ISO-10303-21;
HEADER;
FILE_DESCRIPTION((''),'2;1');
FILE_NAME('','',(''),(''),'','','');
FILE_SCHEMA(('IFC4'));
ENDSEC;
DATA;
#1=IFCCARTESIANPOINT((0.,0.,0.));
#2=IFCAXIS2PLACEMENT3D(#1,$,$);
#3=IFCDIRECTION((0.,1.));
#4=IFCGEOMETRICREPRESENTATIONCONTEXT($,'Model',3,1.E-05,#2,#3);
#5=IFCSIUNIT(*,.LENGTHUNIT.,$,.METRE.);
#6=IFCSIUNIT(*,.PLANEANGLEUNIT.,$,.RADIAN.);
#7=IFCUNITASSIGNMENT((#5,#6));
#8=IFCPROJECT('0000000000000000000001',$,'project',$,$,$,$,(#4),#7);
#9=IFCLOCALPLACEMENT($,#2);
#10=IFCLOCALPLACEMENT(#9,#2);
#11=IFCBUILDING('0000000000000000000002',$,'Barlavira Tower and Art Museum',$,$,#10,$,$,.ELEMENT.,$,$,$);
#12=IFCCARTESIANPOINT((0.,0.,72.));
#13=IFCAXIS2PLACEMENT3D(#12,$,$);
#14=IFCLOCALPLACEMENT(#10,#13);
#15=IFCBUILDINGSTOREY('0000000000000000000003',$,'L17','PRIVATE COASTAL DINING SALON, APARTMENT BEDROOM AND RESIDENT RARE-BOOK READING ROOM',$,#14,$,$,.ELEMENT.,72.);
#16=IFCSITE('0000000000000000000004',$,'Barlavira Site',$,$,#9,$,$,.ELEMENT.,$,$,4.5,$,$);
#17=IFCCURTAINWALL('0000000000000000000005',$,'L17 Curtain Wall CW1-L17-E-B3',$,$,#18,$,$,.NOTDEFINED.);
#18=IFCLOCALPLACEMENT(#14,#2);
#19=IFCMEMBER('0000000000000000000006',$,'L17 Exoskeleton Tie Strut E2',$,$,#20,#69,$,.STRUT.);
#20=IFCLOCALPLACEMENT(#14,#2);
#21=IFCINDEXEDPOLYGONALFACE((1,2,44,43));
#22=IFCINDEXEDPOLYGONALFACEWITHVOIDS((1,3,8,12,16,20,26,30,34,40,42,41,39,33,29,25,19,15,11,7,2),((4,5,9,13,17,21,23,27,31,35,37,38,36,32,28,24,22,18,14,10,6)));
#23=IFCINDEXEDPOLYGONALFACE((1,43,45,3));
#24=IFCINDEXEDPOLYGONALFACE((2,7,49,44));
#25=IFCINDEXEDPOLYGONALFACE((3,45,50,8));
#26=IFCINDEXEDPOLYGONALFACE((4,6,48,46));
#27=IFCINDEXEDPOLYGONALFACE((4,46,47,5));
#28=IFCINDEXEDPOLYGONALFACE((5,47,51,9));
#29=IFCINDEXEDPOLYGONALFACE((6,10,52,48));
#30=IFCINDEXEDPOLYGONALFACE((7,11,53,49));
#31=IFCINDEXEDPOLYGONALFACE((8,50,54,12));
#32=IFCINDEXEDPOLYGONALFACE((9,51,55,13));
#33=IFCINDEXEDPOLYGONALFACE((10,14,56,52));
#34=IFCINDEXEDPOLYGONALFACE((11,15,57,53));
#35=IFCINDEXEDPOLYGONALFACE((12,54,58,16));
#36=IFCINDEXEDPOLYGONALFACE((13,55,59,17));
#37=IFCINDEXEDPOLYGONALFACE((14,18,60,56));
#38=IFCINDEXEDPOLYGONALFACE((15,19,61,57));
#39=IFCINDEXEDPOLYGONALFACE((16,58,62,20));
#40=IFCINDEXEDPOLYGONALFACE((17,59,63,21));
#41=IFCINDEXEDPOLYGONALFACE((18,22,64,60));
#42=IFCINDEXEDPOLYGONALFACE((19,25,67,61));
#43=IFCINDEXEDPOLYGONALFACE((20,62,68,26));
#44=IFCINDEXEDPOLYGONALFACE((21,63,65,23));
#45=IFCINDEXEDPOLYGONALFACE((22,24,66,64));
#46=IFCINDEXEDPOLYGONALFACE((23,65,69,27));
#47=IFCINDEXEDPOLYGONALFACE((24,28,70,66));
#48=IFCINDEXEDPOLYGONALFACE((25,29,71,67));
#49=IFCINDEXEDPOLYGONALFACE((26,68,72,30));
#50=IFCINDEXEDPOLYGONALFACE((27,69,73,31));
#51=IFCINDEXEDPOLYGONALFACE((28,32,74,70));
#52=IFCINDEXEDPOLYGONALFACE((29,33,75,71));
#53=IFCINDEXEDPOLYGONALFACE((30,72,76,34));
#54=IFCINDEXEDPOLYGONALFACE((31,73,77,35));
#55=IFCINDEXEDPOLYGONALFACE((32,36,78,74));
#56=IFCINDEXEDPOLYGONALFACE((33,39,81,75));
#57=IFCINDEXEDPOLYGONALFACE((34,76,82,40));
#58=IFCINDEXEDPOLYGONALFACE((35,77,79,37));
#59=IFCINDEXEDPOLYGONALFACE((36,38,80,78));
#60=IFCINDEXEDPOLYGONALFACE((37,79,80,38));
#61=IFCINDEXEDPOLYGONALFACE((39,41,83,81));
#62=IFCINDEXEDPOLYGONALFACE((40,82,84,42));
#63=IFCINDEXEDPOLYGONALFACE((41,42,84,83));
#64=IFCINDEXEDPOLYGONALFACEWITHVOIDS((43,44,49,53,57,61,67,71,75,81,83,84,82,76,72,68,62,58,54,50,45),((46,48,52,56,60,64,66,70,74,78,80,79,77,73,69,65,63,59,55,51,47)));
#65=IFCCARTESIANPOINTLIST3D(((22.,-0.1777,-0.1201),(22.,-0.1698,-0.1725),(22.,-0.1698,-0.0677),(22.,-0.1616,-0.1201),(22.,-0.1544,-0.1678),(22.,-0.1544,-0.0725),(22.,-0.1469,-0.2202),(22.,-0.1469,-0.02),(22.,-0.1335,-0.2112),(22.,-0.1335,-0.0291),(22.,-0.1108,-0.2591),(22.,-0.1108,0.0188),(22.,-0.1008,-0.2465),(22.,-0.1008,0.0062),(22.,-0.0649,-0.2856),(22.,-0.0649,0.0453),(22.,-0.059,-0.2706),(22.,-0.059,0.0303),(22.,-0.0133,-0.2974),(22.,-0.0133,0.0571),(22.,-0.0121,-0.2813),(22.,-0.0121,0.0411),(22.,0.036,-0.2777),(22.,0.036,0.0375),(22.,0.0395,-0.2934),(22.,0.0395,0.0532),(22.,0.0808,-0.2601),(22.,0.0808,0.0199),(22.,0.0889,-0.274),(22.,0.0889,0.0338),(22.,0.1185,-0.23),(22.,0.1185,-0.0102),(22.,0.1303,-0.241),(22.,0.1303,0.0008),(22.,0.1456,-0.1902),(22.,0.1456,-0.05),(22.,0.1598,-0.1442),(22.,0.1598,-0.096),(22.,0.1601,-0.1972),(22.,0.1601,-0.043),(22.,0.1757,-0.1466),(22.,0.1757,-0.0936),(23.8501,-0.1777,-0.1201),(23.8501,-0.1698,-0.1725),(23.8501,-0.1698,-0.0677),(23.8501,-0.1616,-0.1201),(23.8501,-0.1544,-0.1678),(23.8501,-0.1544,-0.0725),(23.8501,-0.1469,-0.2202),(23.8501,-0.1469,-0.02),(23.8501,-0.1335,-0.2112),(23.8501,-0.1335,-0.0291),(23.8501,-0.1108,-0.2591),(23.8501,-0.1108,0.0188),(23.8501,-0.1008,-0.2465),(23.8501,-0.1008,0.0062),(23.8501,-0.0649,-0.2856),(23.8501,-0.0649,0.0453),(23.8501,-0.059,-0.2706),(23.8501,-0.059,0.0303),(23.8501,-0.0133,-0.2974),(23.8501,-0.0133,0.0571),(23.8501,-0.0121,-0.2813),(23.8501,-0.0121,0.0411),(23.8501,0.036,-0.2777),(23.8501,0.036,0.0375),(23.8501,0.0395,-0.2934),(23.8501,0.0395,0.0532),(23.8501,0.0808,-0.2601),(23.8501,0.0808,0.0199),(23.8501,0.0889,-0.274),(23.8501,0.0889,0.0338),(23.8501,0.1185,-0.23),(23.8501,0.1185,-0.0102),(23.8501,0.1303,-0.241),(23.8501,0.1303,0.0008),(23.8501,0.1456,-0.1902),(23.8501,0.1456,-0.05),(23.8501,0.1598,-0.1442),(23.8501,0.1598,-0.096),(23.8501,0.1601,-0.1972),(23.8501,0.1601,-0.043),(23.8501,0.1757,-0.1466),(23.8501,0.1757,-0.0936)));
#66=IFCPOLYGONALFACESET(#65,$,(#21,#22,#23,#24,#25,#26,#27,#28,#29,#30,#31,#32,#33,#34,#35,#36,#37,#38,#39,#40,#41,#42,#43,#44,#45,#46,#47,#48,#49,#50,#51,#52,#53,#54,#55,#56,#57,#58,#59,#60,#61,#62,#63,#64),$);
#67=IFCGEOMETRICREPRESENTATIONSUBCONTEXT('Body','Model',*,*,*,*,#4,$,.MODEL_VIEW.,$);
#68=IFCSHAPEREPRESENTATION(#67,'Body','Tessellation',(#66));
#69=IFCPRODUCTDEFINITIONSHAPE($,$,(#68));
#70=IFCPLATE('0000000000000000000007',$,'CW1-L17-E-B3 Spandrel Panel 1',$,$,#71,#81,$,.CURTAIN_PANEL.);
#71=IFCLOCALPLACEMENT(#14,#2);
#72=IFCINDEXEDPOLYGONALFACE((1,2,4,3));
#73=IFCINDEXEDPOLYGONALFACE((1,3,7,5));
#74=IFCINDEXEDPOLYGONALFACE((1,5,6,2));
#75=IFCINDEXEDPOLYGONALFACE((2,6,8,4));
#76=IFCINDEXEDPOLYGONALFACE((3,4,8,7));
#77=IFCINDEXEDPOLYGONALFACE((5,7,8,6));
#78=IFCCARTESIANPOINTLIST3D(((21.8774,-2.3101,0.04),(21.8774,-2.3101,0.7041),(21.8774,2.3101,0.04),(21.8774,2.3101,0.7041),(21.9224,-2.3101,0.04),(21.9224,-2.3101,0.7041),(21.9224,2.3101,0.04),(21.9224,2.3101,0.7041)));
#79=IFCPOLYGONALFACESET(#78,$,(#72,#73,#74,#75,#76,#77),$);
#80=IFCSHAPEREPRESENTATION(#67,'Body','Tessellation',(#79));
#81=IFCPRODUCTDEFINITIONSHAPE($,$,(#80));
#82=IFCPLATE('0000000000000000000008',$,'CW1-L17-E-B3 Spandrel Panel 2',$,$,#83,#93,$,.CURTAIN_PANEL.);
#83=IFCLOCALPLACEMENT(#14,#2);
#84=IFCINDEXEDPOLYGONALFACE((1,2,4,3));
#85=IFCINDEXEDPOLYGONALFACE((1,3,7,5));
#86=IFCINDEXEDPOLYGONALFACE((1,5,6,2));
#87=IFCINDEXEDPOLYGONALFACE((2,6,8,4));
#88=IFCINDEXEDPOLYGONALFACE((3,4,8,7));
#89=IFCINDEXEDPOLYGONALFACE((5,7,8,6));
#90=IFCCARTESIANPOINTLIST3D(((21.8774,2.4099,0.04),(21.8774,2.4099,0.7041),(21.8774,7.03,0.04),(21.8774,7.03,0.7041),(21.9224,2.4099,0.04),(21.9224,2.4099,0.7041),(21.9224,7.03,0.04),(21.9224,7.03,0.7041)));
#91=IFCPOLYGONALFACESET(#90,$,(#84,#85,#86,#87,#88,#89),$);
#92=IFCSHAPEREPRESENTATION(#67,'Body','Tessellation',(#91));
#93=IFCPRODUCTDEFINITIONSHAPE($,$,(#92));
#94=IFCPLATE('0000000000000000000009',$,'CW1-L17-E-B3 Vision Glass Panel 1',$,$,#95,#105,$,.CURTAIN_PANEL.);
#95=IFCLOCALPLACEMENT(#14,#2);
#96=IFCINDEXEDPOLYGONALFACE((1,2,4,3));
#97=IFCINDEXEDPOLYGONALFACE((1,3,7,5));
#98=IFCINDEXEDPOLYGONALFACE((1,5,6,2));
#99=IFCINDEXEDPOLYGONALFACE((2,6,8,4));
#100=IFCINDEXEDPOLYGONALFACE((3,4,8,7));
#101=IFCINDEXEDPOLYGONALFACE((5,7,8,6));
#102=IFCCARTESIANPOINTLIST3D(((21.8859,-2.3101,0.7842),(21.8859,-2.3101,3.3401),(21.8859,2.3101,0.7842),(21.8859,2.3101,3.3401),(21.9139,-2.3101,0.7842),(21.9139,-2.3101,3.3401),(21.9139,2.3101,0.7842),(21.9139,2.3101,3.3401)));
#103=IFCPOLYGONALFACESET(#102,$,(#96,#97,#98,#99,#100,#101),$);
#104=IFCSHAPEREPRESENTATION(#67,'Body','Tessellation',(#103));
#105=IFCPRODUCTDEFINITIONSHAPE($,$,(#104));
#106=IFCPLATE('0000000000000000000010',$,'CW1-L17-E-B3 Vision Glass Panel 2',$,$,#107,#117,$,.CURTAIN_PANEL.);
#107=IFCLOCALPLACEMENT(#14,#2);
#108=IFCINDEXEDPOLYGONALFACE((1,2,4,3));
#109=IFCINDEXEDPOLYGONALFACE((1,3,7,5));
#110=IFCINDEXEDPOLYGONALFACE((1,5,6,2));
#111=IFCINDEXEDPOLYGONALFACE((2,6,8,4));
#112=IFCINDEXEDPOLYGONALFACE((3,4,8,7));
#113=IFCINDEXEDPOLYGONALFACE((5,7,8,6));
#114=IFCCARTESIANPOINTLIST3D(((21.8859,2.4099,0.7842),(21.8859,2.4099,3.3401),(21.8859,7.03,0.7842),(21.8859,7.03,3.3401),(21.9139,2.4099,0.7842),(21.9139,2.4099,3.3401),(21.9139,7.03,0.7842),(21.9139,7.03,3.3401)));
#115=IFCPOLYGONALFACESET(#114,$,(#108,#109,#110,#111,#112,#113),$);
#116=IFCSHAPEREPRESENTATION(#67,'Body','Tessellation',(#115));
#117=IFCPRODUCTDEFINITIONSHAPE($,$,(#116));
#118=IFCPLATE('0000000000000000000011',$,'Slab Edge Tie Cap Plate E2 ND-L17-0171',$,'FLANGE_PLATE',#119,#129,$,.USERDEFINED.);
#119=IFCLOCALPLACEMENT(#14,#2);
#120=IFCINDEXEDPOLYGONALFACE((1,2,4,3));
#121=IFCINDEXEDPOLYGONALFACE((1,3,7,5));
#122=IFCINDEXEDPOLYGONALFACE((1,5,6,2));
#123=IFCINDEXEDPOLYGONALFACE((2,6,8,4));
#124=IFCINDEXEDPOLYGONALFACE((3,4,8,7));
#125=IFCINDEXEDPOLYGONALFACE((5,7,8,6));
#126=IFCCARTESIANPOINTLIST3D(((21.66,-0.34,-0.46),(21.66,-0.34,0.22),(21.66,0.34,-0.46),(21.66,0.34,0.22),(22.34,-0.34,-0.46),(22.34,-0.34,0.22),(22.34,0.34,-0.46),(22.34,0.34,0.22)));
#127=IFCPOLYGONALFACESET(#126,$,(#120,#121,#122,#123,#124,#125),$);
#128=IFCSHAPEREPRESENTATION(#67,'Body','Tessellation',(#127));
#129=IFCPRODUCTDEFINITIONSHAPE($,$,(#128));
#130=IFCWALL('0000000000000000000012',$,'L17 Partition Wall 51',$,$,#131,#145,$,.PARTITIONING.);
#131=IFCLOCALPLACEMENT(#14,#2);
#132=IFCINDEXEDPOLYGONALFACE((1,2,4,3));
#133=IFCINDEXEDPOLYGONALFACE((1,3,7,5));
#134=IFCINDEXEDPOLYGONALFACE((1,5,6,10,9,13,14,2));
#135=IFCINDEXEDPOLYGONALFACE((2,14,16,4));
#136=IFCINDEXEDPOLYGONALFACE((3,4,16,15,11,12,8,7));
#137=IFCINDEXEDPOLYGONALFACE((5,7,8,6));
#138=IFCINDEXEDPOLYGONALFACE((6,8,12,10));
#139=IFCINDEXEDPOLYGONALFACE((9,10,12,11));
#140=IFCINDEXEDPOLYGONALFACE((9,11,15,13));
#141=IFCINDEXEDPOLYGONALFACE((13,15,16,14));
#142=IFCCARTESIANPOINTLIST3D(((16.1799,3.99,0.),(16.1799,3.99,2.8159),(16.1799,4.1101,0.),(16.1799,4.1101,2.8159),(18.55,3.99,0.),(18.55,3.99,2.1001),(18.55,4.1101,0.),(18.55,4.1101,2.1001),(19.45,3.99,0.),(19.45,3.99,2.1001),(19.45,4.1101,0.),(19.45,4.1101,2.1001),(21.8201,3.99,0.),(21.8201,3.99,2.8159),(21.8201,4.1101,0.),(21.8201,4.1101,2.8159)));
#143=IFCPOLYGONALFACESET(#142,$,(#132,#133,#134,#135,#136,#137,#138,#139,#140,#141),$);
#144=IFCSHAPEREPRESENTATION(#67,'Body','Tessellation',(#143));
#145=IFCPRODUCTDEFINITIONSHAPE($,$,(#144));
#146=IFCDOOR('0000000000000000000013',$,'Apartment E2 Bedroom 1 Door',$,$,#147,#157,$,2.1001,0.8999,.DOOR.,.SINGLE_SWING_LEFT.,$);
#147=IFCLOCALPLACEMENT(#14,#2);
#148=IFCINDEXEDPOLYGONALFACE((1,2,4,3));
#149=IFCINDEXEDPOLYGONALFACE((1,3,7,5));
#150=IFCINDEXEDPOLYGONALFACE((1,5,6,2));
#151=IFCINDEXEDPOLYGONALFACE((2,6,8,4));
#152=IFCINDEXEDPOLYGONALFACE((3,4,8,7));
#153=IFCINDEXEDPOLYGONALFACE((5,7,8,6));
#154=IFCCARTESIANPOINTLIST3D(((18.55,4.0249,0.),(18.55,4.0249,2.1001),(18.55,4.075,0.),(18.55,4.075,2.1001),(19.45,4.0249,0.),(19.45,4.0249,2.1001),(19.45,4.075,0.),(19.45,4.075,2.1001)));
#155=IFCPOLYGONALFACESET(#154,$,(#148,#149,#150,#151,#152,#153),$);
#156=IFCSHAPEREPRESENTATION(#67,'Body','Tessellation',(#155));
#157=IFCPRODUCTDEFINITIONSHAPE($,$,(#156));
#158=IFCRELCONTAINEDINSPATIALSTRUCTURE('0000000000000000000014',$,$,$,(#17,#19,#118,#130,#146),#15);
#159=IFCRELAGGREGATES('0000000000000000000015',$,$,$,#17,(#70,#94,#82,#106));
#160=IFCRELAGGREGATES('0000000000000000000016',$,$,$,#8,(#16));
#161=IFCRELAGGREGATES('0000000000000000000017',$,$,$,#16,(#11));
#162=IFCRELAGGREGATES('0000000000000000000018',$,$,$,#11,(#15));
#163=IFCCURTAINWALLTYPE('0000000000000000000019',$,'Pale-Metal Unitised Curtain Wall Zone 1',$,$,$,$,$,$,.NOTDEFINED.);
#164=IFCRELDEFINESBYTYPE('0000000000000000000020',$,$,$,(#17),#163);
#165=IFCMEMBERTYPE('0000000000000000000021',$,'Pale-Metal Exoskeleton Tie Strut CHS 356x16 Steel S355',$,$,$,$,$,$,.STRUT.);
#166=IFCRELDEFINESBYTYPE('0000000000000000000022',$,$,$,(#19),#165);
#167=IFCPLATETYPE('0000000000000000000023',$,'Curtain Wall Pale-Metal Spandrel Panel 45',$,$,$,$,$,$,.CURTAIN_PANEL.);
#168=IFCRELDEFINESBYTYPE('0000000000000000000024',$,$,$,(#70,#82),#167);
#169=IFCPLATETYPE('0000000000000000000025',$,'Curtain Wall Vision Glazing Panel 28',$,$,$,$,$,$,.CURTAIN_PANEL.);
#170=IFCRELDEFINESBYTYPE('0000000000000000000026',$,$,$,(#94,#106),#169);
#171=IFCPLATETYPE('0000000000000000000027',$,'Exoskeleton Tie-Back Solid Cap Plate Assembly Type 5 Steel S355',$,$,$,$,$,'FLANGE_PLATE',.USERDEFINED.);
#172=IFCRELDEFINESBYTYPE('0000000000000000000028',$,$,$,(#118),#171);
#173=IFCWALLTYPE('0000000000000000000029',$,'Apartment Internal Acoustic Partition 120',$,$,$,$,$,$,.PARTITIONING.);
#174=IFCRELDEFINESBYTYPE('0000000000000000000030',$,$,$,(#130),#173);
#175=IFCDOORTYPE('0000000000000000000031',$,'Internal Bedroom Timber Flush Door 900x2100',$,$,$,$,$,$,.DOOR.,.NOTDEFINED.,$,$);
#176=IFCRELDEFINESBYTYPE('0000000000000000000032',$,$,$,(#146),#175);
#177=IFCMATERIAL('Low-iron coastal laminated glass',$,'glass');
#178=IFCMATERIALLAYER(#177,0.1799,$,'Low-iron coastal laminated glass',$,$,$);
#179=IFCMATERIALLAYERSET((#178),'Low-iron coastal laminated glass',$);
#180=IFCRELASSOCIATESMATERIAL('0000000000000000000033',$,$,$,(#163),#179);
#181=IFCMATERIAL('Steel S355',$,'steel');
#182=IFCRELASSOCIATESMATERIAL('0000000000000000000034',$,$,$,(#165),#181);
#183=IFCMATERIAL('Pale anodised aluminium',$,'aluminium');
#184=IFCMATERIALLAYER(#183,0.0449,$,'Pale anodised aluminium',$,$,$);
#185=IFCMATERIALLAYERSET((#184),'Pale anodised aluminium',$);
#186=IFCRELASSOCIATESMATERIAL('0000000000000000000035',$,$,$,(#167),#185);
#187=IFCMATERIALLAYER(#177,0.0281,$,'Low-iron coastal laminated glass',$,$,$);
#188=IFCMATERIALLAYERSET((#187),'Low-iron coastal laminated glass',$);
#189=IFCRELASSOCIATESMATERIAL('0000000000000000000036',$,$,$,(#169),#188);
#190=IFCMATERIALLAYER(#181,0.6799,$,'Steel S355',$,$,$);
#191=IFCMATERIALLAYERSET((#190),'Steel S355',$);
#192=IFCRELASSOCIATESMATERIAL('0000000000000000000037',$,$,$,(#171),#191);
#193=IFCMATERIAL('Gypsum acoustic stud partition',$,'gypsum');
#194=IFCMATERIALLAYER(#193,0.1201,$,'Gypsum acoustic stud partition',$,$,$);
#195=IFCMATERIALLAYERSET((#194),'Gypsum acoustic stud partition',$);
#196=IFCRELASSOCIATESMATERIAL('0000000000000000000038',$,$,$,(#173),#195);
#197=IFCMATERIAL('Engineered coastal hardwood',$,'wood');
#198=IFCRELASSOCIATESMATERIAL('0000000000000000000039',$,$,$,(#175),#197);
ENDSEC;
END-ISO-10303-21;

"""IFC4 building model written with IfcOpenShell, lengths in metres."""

from ifc_helpers import new_model, si_unit, direction, frame, frame_2d, origin, origin_2d, place, context, subcontext, project, spatial, rectangle, hollow_circle, extrude, material, layer, layer_set, material_profile, profile_set, type_object, element, fill, aggregate, save


model = new_model("IFC4")

# Units and contexts
model_context = context("Model", 3, precision=1e-05, world=origin(), true_north=direction((0.0, 1.0)))
body_context = subcontext(model_context, "Body", "Model", "MODEL_VIEW")
ifc_project = project(units=[si_unit("LENGTHUNIT", "METRE"), si_unit("PLANEANGLEUNIT", "RADIAN")], contexts=[model_context])

# Site, building, storey
site_placement = place(None, origin())
site = spatial("IfcSite", under=ifc_project, at=site_placement, Name="Barlavira Site", CompositionType="ELEMENT", RefElevation=4.5)
building_placement = place(site_placement, origin())
building = spatial("IfcBuilding", under=site, at=building_placement, Name="Barlavira Tower and Art Museum", CompositionType="ELEMENT")
storey_placement = place(building_placement, frame((0.0, 0.0, 72.0)))
storey = spatial("IfcBuildingStorey", under=building, at=storey_placement, Name="L17", Description="PRIVATE COASTAL DINING SALON, APARTMENT BEDROOM AND RESIDENT RARE-BOOK READING ROOM", CompositionType="ELEMENT", Elevation=72.0)

# Curtain wall
ifc_material_1 = material(Name="Low-iron coastal laminated glass", Category="glass")
ifc_layer_1 = layer(ifc_material_1, 0.1799, Name="Low-iron coastal laminated glass")
ifc_layer_set_1 = layer_set([ifc_layer_1], Name="Low-iron coastal laminated glass")
curtain_wall_type = type_object("IfcCurtainWallType", Name="Pale-Metal Unitised Curtain Wall Zone 1", PredefinedType="NOTDEFINED", material=ifc_layer_set_1)
curtain_wall_placement = place(storey_placement, origin())
curtain_wall = element("IfcCurtainWall", 1, at=curtain_wall_placement, inside=storey, type_object=curtain_wall_type, Name="L17 Curtain Wall CW1-L17-E-B3", PredefinedType="NOTDEFINED")
ifc_material_2 = material(Name="Pale anodised aluminium", Category="aluminium")

# Member
ifc_material_3 = material(Name="Steel S355", Category="steel")
ifc_material_profile_1 = material_profile(ifc_material_3, hollow_circle(Radius=0.1777, WallThickness=0.0161, at=origin_2d()), Name="CHS 355.6x16.0")
ifc_profile_set_1 = profile_set([ifc_material_profile_1], Name="Steel S355")
member_type_1 = type_object("IfcMemberType", Name="Pale-Metal Exoskeleton Tie Strut CHS 356x16 Steel S355", PredefinedType="STRUT", material=ifc_profile_set_1)
member_1_placement = place(storey_placement, frame((23.8501, 0.0, -0.1201), z_axis=(-1.0, 0.0, 0.0), x_axis=(0.0, -1.0, 0.0)))
element("IfcMember", 2, at=member_1_placement, inside=storey, type_object=member_type_1, Name="L17 Exoskeleton Tie Strut E2", PredefinedType="STRUT", context=body_context, shape_type="SweptSolid", body=[
    extrude(hollow_circle(Radius=0.1777, WallThickness=0.0161, at=origin_2d()), origin(), (0.0, 0.0, 1.0), 1.8501),
])

# Plates
ifc_layer_2 = layer(ifc_material_2, 0.0449, Name="Pale anodised aluminium")
ifc_layer_set_2 = layer_set([ifc_layer_2], Name="Pale anodised aluminium")
plate_type_1 = type_object("IfcPlateType", Name="Curtain Wall Pale-Metal Spandrel Panel 45", PredefinedType="CURTAIN_PANEL", material=ifc_layer_set_2)
plate_1_placement = place(storey_placement, frame((21.8999, 0.0, 0.04), z_axis=(0.0, 0.0, 1.0), x_axis=(0.0, 1.0, 0.0)))
plate_1 = element("IfcPlate", 3, at=plate_1_placement, type_object=plate_type_1, Name="CW1-L17-E-B3 Spandrel Panel 1", PredefinedType="CURTAIN_PANEL", context=body_context, shape_type="SweptSolid", body=[
    extrude(rectangle(XDim=4.6201, YDim=0.0449, at=origin_2d()), origin(), (0.0, 0.0, 1.0), 0.6641),
])
plate_2_placement = place(storey_placement, frame((21.8999, 4.72, 0.04), z_axis=(0.0, 0.0, 1.0), x_axis=(0.0, 1.0, 0.0)))
plate_2 = element("IfcPlate", 4, at=plate_2_placement, type_object=plate_type_1, Name="CW1-L17-E-B3 Spandrel Panel 2", PredefinedType="CURTAIN_PANEL", context=body_context, shape_type="SweptSolid", body=[
    extrude(rectangle(XDim=4.6201, YDim=0.0449, at=origin_2d()), origin(), (0.0, 0.0, 1.0), 0.6641),
])
ifc_layer_3 = layer(ifc_material_1, 0.0281, Name="Low-iron coastal laminated glass")
ifc_layer_set_3 = layer_set([ifc_layer_3], Name="Low-iron coastal laminated glass")
plate_type_2 = type_object("IfcPlateType", Name="Curtain Wall Vision Glazing Panel 28", PredefinedType="CURTAIN_PANEL", material=ifc_layer_set_3)
plate_3_placement = place(storey_placement, frame((21.8999, 0.0, 0.7842), z_axis=(0.0, 0.0, 1.0), x_axis=(0.0, 1.0, 0.0)))
plate_3 = element("IfcPlate", 5, at=plate_3_placement, type_object=plate_type_2, Name="CW1-L17-E-B3 Vision Glass Panel 1", PredefinedType="CURTAIN_PANEL", context=body_context, shape_type="SweptSolid", body=[
    extrude(rectangle(XDim=4.6201, YDim=0.0281, at=origin_2d()), origin(), (0.0, 0.0, 1.0), 2.5559),
])
plate_4_placement = place(storey_placement, frame((21.8999, 4.72, 0.7842), z_axis=(0.0, 0.0, 1.0), x_axis=(0.0, 1.0, 0.0)))
plate_4 = element("IfcPlate", 6, at=plate_4_placement, type_object=plate_type_2, Name="CW1-L17-E-B3 Vision Glass Panel 2", PredefinedType="CURTAIN_PANEL", context=body_context, shape_type="SweptSolid", body=[
    extrude(rectangle(XDim=4.6201, YDim=0.0281, at=origin_2d()), origin(), (0.0, 0.0, 1.0), 2.5559),
])
aggregate(curtain_wall, [plate_1, plate_3, plate_2, plate_4])
ifc_layer_4 = layer(ifc_material_3, 0.6799, Name="Steel S355")
ifc_layer_set_4 = layer_set([ifc_layer_4], Name="Steel S355")
plate_type_3 = type_object("IfcPlateType", Name="Exoskeleton Tie-Back Solid Cap Plate Assembly Type 5 Steel S355", ElementType="FLANGE_PLATE", PredefinedType="USERDEFINED", material=ifc_layer_set_4)
plate_5_placement = place(storey_placement, frame((22.0, 0.0, -0.46), z_axis=(0.0, 0.0, 1.0), x_axis=(1.0, 0.0, 0.0)))
element("IfcPlate", 7, at=plate_5_placement, inside=storey, type_object=plate_type_3, Name="Slab Edge Tie Cap Plate E2 ND-L17-0171", ObjectType="FLANGE_PLATE", PredefinedType="USERDEFINED", context=body_context, shape_type="SweptSolid", body=[
    extrude(rectangle(XDim=0.6799, YDim=0.6799, at=origin_2d()), origin(), (0.0, 0.0, 1.0), 0.6799),
])

# Wall, opening, door
ifc_material_4 = material(Name="Gypsum acoustic stud partition", Category="gypsum")
ifc_layer_5 = layer(ifc_material_4, 0.1201, Name="Gypsum acoustic stud partition")
ifc_layer_set_5 = layer_set([ifc_layer_5], Name="Gypsum acoustic stud partition")
wall_type_1 = type_object("IfcWallType", Name="Apartment Internal Acoustic Partition 120", PredefinedType="PARTITIONING", material=ifc_layer_set_5)
wall_1_placement = place(storey_placement, frame((16.1799, 4.05, 0.0), z_axis=(0.0, 0.0, 1.0), x_axis=(1.0, 0.0, 0.0)))
wall_1 = element("IfcWall", 8, at=wall_1_placement, inside=storey, type_object=wall_type_1, Name="L17 Partition Wall 51", PredefinedType="PARTITIONING", context=body_context, shape_type="SweptSolid", body=[
    extrude(rectangle(XDim=5.6401, YDim=0.1201, at=frame_2d((2.8201, 0.0))), origin(), (0.0, 0.0, 1.0), 2.8159),
])
opening_1_placement = place(wall_1_placement, frame((2.3701, 0.0, 0.0)))
opening_1 = element("IfcOpeningElement", 9, at=opening_1_placement, cuts=wall_1, PredefinedType="OPENING", context=body_context, shape_type="SweptSolid", body=[
    extrude(rectangle(XDim=0.8999, YDim=2.1001, at=frame_2d((0.45, 1.05))), frame((0.0, 0.0701, 0.0), z_axis=(0.0, -1.0, 0.0), x_axis=(1.0, 0.0, 0.0)), (0.0, 0.0, 1.0), 0.1401),
])
ifc_material_5 = material(Name="Engineered coastal hardwood", Category="wood")
door_type_1 = type_object("IfcDoorType", Name="Internal Bedroom Timber Flush Door 900x2100", OperationType="NOTDEFINED", PredefinedType="DOOR", material=ifc_material_5)
door_1_placement = place(opening_1_placement, origin())
door_1 = element("IfcDoor", 10, at=door_1_placement, inside=storey, type_object=door_type_1, Name="Apartment E2 Bedroom 1 Door", OperationType="SINGLE_SWING_LEFT", OverallHeight=2.1001, OverallWidth=0.8999, PredefinedType="DOOR", context=body_context, shape_type="SweptSolid", body=[
    extrude(rectangle(XDim=0.8999, YDim=2.1001, at=frame_2d((0.45, 1.05))), frame((0.0, 0.0249, 0.0), z_axis=(0.0, -1.0, 0.0), x_axis=(1.0, 0.0, 0.0)), (0.0, 0.0, 1.0), 0.05),
])
fill(opening_1, door_1)

save(model, "model.ifc")
